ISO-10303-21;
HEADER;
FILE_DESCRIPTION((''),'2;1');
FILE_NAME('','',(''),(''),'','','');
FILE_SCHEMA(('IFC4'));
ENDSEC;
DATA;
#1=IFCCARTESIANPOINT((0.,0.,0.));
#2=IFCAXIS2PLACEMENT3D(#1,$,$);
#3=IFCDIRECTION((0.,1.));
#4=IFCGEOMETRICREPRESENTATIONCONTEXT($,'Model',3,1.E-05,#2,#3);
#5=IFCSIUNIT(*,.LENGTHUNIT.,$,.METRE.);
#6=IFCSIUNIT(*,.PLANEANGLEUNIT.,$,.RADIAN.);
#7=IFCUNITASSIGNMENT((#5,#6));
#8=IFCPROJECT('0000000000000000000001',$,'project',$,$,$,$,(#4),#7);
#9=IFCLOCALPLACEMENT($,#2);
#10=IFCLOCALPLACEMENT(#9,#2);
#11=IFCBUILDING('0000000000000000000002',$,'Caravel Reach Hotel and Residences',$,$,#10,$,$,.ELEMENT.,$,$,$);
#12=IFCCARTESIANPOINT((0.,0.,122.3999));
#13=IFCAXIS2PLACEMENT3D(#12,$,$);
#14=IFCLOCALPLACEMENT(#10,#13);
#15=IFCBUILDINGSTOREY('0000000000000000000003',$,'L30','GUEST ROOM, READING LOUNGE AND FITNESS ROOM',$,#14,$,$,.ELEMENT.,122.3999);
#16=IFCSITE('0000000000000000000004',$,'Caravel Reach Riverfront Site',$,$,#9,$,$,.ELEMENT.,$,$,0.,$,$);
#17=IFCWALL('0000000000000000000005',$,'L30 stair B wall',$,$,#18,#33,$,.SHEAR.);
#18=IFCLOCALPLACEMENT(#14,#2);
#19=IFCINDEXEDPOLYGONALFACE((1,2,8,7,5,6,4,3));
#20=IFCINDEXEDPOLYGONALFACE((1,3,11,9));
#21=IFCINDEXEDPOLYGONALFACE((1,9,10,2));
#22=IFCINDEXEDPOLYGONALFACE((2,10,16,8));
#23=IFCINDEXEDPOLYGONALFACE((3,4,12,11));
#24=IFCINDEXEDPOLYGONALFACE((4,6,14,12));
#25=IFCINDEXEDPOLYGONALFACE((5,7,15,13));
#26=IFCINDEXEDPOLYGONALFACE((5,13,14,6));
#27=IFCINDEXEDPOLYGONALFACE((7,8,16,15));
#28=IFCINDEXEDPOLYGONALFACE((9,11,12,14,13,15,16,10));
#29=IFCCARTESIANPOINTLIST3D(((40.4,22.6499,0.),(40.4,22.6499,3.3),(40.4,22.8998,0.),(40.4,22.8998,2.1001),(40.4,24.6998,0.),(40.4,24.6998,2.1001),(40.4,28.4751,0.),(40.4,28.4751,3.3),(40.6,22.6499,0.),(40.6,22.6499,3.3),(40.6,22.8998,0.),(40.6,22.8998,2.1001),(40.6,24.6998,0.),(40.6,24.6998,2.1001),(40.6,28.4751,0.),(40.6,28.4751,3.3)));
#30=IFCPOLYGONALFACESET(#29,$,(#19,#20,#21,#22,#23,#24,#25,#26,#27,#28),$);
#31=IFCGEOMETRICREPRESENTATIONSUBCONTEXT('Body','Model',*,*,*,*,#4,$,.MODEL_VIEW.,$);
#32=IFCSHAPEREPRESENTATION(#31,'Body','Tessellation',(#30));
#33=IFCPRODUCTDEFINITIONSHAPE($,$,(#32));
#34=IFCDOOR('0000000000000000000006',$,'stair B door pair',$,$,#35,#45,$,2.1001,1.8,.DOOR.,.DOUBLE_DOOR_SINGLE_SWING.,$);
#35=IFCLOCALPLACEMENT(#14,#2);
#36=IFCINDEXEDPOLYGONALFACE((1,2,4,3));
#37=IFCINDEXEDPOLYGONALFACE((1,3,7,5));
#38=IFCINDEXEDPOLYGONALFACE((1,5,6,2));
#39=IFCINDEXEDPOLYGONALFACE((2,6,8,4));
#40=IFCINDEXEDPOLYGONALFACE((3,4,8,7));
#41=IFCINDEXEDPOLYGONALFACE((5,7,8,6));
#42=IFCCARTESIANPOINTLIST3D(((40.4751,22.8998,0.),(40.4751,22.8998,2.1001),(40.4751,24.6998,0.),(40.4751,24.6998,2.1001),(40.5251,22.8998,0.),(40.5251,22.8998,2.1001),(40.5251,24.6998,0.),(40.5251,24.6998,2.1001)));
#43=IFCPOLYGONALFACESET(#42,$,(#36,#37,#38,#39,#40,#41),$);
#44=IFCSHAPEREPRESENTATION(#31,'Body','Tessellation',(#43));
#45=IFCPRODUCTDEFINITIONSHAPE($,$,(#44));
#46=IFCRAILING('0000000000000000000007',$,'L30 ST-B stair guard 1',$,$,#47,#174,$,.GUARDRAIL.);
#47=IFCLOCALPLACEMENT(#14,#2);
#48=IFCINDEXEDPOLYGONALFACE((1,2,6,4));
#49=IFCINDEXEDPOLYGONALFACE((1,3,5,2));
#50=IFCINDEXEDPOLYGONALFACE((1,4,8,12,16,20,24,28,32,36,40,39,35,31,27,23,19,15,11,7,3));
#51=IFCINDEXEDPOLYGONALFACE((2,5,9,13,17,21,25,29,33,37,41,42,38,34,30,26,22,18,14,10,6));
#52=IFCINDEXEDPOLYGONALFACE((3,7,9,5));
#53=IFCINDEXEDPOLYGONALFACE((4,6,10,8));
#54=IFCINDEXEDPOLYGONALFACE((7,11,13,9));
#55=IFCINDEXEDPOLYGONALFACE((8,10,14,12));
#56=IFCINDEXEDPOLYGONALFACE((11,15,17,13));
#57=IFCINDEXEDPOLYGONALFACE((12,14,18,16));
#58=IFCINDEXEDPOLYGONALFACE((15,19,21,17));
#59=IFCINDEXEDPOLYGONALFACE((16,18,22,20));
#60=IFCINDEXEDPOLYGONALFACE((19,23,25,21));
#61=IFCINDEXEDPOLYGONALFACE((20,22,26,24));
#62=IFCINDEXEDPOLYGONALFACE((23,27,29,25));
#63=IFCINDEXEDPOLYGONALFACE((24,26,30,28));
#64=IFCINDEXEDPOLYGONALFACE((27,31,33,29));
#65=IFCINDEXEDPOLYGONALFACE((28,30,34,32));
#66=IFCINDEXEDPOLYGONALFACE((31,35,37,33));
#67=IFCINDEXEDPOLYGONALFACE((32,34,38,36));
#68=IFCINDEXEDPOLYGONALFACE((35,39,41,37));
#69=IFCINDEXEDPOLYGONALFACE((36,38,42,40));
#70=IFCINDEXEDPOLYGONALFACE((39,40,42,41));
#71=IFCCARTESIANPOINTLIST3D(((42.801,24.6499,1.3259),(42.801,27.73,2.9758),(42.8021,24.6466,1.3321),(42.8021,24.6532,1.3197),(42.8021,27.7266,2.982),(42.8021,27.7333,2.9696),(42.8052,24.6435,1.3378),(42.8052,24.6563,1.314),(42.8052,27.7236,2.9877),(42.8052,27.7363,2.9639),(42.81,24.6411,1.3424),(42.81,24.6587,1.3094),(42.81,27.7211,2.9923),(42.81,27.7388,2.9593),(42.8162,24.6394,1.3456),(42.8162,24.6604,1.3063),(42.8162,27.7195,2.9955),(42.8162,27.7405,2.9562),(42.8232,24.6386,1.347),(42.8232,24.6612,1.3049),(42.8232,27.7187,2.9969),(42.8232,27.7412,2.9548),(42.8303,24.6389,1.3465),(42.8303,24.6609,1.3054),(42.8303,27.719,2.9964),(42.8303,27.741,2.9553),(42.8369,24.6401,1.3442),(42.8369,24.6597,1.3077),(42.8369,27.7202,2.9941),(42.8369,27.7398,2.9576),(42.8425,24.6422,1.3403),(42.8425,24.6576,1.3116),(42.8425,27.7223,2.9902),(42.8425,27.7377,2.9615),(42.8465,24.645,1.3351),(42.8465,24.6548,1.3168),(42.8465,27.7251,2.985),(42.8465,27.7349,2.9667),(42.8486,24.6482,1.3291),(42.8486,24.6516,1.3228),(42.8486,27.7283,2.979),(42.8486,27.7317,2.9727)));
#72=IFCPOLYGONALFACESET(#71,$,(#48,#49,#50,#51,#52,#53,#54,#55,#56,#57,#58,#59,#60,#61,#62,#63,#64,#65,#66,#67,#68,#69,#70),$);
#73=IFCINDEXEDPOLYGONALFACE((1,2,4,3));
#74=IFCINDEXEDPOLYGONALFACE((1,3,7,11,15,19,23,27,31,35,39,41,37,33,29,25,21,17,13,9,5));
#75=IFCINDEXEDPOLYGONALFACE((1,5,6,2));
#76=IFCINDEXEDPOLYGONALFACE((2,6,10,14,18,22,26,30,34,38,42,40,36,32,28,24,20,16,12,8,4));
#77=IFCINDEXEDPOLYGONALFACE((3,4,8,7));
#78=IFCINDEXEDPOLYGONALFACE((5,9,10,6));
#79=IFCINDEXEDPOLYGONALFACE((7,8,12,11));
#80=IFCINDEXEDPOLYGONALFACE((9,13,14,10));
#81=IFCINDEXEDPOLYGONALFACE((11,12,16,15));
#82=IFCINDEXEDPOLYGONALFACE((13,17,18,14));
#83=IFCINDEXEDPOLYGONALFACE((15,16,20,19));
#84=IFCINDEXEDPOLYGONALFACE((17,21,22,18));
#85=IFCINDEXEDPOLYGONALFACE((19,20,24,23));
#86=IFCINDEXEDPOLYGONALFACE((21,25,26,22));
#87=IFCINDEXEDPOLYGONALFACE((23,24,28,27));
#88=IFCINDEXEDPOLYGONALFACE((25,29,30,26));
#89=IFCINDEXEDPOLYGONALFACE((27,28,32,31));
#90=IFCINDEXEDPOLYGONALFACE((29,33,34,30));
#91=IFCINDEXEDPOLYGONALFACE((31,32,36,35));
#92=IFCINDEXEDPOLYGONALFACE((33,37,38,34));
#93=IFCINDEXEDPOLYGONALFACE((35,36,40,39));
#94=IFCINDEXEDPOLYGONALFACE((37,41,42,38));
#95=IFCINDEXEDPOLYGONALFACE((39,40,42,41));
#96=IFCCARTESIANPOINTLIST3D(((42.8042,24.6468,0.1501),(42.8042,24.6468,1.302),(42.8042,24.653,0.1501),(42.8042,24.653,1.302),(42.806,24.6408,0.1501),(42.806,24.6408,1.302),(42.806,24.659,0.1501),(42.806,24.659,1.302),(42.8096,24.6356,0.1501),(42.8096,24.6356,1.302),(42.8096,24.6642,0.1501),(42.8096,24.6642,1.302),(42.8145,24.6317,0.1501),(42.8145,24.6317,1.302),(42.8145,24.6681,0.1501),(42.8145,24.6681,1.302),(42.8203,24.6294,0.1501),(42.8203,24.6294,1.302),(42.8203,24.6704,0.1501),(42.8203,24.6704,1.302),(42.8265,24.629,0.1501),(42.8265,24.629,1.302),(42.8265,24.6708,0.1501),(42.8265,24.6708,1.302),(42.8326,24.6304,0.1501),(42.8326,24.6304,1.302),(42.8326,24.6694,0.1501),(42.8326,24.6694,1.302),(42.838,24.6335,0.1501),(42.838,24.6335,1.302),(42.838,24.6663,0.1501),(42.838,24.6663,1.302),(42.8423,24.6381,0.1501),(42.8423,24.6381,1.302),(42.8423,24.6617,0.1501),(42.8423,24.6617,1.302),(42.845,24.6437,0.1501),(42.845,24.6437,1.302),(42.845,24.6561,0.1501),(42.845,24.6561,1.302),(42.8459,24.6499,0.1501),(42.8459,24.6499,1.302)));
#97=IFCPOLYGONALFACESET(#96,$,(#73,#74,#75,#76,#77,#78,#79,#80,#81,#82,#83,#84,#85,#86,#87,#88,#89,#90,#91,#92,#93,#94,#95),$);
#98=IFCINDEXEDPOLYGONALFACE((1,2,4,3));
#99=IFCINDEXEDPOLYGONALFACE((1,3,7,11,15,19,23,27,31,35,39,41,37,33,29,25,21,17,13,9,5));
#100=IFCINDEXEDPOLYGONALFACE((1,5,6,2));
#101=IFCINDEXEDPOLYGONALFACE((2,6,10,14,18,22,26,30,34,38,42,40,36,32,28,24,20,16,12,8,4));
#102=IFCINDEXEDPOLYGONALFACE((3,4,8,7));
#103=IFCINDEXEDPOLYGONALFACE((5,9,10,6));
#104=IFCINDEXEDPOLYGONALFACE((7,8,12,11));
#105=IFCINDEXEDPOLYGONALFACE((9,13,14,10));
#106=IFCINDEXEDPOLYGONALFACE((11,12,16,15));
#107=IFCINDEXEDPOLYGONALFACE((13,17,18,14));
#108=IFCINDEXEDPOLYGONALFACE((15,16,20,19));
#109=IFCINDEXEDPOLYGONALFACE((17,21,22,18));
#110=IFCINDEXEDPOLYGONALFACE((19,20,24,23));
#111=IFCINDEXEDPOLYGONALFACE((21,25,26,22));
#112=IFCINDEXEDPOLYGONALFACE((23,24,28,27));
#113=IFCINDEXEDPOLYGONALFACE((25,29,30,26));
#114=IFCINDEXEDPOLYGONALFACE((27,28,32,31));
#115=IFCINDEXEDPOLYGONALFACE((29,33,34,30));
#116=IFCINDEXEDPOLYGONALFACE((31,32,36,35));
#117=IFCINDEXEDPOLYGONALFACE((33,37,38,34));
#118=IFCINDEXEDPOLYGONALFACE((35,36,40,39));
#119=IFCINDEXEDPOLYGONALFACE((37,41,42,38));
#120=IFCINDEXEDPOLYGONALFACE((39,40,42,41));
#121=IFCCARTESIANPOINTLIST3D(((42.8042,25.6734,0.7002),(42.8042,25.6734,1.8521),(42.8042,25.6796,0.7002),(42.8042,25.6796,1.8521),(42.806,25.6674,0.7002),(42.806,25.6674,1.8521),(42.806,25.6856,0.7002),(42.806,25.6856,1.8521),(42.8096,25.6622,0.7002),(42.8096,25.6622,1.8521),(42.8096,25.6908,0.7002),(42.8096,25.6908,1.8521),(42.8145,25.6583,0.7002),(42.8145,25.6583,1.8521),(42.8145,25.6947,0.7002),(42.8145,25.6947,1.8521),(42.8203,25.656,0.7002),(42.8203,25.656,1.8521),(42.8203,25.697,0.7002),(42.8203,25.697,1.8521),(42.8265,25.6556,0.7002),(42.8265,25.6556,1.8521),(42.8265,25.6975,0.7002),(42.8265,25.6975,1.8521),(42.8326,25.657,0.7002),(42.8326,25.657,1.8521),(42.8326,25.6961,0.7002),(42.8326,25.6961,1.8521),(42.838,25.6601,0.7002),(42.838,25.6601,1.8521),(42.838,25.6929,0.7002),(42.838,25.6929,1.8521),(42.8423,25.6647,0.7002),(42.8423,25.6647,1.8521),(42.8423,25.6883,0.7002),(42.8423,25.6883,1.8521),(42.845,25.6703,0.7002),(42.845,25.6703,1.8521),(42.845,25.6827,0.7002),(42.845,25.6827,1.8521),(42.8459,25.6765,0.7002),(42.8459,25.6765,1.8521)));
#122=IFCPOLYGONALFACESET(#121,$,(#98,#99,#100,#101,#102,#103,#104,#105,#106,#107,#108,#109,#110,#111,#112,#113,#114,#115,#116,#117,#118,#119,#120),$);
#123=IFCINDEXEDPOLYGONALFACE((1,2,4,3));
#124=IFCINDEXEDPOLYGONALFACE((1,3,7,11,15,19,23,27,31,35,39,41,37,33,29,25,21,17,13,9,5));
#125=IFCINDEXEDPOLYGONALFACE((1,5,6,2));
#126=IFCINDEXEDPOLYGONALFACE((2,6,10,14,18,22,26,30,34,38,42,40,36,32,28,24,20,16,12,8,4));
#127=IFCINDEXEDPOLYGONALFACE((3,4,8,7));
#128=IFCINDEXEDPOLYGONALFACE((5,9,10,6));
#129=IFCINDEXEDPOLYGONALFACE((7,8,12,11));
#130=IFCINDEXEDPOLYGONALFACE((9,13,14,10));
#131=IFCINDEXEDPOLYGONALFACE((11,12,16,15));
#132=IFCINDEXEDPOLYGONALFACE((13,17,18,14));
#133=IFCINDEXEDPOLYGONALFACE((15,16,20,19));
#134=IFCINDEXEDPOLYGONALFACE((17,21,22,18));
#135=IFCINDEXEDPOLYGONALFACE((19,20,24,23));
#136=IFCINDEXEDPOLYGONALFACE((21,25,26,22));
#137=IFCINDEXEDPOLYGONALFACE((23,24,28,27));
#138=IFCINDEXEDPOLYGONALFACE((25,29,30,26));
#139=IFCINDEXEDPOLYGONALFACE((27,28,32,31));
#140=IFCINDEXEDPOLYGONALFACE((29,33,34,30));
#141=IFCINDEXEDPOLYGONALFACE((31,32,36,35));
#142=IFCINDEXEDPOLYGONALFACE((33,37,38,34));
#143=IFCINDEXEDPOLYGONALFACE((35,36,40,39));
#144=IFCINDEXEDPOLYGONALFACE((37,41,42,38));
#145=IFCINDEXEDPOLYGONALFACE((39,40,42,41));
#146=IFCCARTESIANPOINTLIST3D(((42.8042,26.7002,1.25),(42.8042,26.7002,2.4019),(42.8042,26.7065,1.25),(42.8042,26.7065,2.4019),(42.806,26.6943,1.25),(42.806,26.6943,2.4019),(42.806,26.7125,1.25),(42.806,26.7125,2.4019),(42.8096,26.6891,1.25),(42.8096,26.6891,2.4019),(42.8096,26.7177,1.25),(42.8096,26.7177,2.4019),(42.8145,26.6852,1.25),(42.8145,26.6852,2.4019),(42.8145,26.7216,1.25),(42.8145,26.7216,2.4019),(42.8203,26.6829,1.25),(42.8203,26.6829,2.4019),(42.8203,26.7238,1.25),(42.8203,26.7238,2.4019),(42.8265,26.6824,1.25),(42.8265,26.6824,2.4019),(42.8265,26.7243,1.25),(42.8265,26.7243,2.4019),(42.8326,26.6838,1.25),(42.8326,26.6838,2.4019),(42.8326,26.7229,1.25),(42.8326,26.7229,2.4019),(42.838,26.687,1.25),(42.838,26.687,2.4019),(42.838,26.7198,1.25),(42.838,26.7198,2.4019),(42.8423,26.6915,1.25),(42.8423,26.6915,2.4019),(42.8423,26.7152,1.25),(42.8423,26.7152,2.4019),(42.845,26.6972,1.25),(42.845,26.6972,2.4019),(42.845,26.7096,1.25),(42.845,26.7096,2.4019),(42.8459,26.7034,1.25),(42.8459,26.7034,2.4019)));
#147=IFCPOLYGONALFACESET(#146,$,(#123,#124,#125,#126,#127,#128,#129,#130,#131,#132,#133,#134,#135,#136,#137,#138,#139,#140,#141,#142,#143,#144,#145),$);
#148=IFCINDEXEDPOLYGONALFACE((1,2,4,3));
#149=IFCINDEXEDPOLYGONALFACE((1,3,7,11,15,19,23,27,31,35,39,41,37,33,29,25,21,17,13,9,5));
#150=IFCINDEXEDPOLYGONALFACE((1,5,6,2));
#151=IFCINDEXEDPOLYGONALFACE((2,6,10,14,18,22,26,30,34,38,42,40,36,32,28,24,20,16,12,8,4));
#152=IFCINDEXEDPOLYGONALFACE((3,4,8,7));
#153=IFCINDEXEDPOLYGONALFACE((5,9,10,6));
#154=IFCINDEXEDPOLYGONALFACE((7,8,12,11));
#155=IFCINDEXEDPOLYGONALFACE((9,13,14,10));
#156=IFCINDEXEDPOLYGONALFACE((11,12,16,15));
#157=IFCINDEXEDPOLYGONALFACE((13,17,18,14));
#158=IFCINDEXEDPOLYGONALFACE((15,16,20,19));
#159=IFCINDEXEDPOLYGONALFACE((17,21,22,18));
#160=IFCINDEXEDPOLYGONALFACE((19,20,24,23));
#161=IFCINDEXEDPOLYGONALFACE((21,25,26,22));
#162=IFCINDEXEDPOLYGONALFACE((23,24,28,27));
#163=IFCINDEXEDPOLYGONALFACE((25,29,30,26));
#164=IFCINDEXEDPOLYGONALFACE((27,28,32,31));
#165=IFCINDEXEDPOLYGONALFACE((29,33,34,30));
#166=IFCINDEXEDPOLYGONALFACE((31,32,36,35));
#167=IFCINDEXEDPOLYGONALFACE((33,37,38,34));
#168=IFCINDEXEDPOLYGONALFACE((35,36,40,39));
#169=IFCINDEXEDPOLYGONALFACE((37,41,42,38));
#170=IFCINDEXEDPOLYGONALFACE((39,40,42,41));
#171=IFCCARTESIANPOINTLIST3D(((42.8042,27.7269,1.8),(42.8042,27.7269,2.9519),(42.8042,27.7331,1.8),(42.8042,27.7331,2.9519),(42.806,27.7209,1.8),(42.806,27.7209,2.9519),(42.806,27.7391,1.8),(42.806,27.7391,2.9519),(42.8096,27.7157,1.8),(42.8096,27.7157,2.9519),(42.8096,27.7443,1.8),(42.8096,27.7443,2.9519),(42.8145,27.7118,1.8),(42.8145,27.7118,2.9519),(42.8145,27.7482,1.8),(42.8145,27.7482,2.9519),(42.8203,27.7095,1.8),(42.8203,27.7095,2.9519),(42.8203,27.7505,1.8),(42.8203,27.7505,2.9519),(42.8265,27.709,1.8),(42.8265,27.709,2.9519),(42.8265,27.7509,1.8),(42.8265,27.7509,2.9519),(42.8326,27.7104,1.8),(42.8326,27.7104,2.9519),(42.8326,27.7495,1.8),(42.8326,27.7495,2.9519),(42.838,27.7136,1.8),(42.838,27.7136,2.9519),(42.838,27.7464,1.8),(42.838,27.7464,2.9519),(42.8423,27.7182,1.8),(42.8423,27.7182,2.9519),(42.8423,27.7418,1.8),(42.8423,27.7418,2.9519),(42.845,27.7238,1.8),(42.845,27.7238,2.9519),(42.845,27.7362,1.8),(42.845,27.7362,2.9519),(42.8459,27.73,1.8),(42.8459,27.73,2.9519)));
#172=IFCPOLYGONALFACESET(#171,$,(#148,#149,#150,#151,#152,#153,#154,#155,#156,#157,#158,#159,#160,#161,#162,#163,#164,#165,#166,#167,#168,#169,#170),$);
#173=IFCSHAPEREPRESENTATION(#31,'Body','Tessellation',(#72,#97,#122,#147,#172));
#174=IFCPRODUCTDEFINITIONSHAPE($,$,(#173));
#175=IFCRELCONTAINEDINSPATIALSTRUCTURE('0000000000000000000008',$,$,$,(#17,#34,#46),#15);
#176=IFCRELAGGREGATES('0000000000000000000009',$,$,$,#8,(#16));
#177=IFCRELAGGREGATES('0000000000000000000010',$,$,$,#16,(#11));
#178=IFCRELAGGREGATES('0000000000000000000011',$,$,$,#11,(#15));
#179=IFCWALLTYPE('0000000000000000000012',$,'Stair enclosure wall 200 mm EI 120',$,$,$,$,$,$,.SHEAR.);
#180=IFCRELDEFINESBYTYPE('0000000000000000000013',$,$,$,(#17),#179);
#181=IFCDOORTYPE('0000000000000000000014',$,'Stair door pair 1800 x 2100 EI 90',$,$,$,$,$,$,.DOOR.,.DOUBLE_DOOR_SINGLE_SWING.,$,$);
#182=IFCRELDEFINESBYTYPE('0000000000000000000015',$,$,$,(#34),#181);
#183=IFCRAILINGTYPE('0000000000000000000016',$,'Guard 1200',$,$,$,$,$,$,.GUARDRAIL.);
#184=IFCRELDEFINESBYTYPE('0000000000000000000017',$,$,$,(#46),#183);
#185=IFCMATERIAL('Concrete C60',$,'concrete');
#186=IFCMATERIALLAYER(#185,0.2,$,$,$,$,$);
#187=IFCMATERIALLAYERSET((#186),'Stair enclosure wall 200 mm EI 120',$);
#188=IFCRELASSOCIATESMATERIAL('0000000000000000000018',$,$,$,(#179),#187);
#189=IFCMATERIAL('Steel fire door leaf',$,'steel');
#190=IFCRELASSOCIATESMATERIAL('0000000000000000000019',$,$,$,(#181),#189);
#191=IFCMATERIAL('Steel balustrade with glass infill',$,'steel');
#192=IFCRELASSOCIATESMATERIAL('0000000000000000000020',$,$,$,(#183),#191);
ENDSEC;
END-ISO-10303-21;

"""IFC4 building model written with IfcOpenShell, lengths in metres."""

from ifc_helpers import new_model, si_unit, direction, frame, frame_2d, origin, origin_2d, place, context, subcontext, project, spatial, rectangle, circle, extrude, material, layer, layer_set, type_object, element, fill, save


model = new_model("IFC4")

# Units and contexts
model_context = context("Model", 3, precision=1e-05, world=origin(), true_north=direction((0.0, 1.0)))
body_context = subcontext(model_context, "Body", "Model", "MODEL_VIEW")
ifc_project = project(units=[si_unit("LENGTHUNIT", "METRE"), si_unit("PLANEANGLEUNIT", "RADIAN")], contexts=[model_context])

# Site, building, storey
site_placement = place(None, origin())
site = spatial("IfcSite", under=ifc_project, at=site_placement, Name="Caravel Reach Riverfront Site", CompositionType="ELEMENT", RefElevation=0.0)
building_placement = place(site_placement, origin())
building = spatial("IfcBuilding", under=site, at=building_placement, Name="Caravel Reach Hotel and Residences", CompositionType="ELEMENT")
storey_placement = place(building_placement, frame((0.0, 0.0, 122.3999)))
storey = spatial("IfcBuildingStorey", under=building, at=storey_placement, Name="L30", Description="GUEST ROOM, READING LOUNGE AND FITNESS ROOM", CompositionType="ELEMENT", Elevation=122.3999)

# Wall, opening, door
ifc_material_1 = material(Name="Concrete C60", Category="concrete")
ifc_layer_1 = layer(ifc_material_1, 0.2)
ifc_layer_set_1 = layer_set([ifc_layer_1], Name="Stair enclosure wall 200 mm EI 120")
wall_type_1 = type_object("IfcWallType", Name="Stair enclosure wall 200 mm EI 120", PredefinedType="SHEAR", material=ifc_layer_set_1)
wall_1_placement = place(storey_placement, frame((40.5, 22.6499, 0.0), z_axis=(0.0, 0.0, 1.0), x_axis=(0.0, 1.0, 0.0)))
wall_1 = element("IfcWall", 1, at=wall_1_placement, inside=storey, type_object=wall_type_1, Name="L30 stair B wall", PredefinedType="SHEAR", context=body_context, shape_type="SweptSolid", body=[
    extrude(rectangle(XDim=5.8252, YDim=0.2, at=frame_2d((2.9126, 0.0))), origin(), (0.0, 0.0, 1.0), 3.3),
])
opening_1_placement = place(wall_1_placement, frame((0.25, 0.0, 0.0)))
opening_1 = element("IfcOpeningElement", 2, at=opening_1_placement, cuts=wall_1, PredefinedType="OPENING", context=body_context, shape_type="SweptSolid", body=[
    extrude(rectangle(XDim=1.8, YDim=2.1001, at=frame_2d((0.8999, 1.05))), frame((0.0, 0.1099, 0.0), z_axis=(0.0, -1.0, 0.0), x_axis=(1.0, 0.0, 0.0)), (0.0, 0.0, 1.0), 0.22),
])
ifc_material_2 = material(Name="Steel fire door leaf", Category="steel")
door_type_1 = type_object("IfcDoorType", Name="Stair door pair 1800 x 2100 EI 90", OperationType="DOUBLE_DOOR_SINGLE_SWING", PredefinedType="DOOR", material=ifc_material_2)
door_1_placement = place(opening_1_placement, origin())
door_1 = element("IfcDoor", 3, at=door_1_placement, inside=storey, type_object=door_type_1, Name="stair B door pair", OperationType="DOUBLE_DOOR_SINGLE_SWING", OverallHeight=2.1001, OverallWidth=1.8, PredefinedType="DOOR", context=body_context, shape_type="SweptSolid", body=[
    extrude(rectangle(XDim=1.8, YDim=2.1001, at=frame_2d((0.8999, 1.05))), frame((0.0, 0.0249, 0.0), z_axis=(0.0, -1.0, 0.0), x_axis=(1.0, 0.0, 0.0)), (0.0, 0.0, 1.0), 0.05),
])
fill(opening_1, door_1)

# Railing
ifc_material_3 = material(Name="Steel balustrade with glass infill", Category="steel")
railing_type_1 = type_object("IfcRailingType", Name="Guard 1200", PredefinedType="GUARDRAIL", material=ifc_material_3)
railing_1_placement = place(storey_placement, frame((42.825, 24.6499, 0.1501)))
element("IfcRailing", 4, at=railing_1_placement, inside=storey, type_object=railing_type_1, Name="L30 ST-B stair guard 1", PredefinedType="GUARDRAIL", context=body_context, shape_type="SweptSolid", body=[
    extrude(circle(Radius=0.0239, at=origin_2d()), frame((0.0, 0.0, 1.1758), z_axis=(0.0, 0.881497, 0.47219), x_axis=(-1.0, 0.0, 0.0)), (0.0, 0.0, 1.0), 3.4941),
    extrude(circle(Radius=0.021, at=origin_2d()), origin(), (0.0, 0.0, 1.0), 1.1519),
    extrude(circle(Radius=0.021, at=origin_2d()), frame((0.0, 1.0266, 0.55)), (0.0, 0.0, 1.0), 1.1519),
    extrude(circle(Radius=0.021, at=origin_2d()), frame((0.0, 2.0535, 1.0999)), (0.0, 0.0, 1.0), 1.1519),
    extrude(circle(Radius=0.021, at=origin_2d()), frame((0.0, 3.0801, 1.6499)), (0.0, 0.0, 1.0), 1.1519),
])

save(model, "model.ifc")
